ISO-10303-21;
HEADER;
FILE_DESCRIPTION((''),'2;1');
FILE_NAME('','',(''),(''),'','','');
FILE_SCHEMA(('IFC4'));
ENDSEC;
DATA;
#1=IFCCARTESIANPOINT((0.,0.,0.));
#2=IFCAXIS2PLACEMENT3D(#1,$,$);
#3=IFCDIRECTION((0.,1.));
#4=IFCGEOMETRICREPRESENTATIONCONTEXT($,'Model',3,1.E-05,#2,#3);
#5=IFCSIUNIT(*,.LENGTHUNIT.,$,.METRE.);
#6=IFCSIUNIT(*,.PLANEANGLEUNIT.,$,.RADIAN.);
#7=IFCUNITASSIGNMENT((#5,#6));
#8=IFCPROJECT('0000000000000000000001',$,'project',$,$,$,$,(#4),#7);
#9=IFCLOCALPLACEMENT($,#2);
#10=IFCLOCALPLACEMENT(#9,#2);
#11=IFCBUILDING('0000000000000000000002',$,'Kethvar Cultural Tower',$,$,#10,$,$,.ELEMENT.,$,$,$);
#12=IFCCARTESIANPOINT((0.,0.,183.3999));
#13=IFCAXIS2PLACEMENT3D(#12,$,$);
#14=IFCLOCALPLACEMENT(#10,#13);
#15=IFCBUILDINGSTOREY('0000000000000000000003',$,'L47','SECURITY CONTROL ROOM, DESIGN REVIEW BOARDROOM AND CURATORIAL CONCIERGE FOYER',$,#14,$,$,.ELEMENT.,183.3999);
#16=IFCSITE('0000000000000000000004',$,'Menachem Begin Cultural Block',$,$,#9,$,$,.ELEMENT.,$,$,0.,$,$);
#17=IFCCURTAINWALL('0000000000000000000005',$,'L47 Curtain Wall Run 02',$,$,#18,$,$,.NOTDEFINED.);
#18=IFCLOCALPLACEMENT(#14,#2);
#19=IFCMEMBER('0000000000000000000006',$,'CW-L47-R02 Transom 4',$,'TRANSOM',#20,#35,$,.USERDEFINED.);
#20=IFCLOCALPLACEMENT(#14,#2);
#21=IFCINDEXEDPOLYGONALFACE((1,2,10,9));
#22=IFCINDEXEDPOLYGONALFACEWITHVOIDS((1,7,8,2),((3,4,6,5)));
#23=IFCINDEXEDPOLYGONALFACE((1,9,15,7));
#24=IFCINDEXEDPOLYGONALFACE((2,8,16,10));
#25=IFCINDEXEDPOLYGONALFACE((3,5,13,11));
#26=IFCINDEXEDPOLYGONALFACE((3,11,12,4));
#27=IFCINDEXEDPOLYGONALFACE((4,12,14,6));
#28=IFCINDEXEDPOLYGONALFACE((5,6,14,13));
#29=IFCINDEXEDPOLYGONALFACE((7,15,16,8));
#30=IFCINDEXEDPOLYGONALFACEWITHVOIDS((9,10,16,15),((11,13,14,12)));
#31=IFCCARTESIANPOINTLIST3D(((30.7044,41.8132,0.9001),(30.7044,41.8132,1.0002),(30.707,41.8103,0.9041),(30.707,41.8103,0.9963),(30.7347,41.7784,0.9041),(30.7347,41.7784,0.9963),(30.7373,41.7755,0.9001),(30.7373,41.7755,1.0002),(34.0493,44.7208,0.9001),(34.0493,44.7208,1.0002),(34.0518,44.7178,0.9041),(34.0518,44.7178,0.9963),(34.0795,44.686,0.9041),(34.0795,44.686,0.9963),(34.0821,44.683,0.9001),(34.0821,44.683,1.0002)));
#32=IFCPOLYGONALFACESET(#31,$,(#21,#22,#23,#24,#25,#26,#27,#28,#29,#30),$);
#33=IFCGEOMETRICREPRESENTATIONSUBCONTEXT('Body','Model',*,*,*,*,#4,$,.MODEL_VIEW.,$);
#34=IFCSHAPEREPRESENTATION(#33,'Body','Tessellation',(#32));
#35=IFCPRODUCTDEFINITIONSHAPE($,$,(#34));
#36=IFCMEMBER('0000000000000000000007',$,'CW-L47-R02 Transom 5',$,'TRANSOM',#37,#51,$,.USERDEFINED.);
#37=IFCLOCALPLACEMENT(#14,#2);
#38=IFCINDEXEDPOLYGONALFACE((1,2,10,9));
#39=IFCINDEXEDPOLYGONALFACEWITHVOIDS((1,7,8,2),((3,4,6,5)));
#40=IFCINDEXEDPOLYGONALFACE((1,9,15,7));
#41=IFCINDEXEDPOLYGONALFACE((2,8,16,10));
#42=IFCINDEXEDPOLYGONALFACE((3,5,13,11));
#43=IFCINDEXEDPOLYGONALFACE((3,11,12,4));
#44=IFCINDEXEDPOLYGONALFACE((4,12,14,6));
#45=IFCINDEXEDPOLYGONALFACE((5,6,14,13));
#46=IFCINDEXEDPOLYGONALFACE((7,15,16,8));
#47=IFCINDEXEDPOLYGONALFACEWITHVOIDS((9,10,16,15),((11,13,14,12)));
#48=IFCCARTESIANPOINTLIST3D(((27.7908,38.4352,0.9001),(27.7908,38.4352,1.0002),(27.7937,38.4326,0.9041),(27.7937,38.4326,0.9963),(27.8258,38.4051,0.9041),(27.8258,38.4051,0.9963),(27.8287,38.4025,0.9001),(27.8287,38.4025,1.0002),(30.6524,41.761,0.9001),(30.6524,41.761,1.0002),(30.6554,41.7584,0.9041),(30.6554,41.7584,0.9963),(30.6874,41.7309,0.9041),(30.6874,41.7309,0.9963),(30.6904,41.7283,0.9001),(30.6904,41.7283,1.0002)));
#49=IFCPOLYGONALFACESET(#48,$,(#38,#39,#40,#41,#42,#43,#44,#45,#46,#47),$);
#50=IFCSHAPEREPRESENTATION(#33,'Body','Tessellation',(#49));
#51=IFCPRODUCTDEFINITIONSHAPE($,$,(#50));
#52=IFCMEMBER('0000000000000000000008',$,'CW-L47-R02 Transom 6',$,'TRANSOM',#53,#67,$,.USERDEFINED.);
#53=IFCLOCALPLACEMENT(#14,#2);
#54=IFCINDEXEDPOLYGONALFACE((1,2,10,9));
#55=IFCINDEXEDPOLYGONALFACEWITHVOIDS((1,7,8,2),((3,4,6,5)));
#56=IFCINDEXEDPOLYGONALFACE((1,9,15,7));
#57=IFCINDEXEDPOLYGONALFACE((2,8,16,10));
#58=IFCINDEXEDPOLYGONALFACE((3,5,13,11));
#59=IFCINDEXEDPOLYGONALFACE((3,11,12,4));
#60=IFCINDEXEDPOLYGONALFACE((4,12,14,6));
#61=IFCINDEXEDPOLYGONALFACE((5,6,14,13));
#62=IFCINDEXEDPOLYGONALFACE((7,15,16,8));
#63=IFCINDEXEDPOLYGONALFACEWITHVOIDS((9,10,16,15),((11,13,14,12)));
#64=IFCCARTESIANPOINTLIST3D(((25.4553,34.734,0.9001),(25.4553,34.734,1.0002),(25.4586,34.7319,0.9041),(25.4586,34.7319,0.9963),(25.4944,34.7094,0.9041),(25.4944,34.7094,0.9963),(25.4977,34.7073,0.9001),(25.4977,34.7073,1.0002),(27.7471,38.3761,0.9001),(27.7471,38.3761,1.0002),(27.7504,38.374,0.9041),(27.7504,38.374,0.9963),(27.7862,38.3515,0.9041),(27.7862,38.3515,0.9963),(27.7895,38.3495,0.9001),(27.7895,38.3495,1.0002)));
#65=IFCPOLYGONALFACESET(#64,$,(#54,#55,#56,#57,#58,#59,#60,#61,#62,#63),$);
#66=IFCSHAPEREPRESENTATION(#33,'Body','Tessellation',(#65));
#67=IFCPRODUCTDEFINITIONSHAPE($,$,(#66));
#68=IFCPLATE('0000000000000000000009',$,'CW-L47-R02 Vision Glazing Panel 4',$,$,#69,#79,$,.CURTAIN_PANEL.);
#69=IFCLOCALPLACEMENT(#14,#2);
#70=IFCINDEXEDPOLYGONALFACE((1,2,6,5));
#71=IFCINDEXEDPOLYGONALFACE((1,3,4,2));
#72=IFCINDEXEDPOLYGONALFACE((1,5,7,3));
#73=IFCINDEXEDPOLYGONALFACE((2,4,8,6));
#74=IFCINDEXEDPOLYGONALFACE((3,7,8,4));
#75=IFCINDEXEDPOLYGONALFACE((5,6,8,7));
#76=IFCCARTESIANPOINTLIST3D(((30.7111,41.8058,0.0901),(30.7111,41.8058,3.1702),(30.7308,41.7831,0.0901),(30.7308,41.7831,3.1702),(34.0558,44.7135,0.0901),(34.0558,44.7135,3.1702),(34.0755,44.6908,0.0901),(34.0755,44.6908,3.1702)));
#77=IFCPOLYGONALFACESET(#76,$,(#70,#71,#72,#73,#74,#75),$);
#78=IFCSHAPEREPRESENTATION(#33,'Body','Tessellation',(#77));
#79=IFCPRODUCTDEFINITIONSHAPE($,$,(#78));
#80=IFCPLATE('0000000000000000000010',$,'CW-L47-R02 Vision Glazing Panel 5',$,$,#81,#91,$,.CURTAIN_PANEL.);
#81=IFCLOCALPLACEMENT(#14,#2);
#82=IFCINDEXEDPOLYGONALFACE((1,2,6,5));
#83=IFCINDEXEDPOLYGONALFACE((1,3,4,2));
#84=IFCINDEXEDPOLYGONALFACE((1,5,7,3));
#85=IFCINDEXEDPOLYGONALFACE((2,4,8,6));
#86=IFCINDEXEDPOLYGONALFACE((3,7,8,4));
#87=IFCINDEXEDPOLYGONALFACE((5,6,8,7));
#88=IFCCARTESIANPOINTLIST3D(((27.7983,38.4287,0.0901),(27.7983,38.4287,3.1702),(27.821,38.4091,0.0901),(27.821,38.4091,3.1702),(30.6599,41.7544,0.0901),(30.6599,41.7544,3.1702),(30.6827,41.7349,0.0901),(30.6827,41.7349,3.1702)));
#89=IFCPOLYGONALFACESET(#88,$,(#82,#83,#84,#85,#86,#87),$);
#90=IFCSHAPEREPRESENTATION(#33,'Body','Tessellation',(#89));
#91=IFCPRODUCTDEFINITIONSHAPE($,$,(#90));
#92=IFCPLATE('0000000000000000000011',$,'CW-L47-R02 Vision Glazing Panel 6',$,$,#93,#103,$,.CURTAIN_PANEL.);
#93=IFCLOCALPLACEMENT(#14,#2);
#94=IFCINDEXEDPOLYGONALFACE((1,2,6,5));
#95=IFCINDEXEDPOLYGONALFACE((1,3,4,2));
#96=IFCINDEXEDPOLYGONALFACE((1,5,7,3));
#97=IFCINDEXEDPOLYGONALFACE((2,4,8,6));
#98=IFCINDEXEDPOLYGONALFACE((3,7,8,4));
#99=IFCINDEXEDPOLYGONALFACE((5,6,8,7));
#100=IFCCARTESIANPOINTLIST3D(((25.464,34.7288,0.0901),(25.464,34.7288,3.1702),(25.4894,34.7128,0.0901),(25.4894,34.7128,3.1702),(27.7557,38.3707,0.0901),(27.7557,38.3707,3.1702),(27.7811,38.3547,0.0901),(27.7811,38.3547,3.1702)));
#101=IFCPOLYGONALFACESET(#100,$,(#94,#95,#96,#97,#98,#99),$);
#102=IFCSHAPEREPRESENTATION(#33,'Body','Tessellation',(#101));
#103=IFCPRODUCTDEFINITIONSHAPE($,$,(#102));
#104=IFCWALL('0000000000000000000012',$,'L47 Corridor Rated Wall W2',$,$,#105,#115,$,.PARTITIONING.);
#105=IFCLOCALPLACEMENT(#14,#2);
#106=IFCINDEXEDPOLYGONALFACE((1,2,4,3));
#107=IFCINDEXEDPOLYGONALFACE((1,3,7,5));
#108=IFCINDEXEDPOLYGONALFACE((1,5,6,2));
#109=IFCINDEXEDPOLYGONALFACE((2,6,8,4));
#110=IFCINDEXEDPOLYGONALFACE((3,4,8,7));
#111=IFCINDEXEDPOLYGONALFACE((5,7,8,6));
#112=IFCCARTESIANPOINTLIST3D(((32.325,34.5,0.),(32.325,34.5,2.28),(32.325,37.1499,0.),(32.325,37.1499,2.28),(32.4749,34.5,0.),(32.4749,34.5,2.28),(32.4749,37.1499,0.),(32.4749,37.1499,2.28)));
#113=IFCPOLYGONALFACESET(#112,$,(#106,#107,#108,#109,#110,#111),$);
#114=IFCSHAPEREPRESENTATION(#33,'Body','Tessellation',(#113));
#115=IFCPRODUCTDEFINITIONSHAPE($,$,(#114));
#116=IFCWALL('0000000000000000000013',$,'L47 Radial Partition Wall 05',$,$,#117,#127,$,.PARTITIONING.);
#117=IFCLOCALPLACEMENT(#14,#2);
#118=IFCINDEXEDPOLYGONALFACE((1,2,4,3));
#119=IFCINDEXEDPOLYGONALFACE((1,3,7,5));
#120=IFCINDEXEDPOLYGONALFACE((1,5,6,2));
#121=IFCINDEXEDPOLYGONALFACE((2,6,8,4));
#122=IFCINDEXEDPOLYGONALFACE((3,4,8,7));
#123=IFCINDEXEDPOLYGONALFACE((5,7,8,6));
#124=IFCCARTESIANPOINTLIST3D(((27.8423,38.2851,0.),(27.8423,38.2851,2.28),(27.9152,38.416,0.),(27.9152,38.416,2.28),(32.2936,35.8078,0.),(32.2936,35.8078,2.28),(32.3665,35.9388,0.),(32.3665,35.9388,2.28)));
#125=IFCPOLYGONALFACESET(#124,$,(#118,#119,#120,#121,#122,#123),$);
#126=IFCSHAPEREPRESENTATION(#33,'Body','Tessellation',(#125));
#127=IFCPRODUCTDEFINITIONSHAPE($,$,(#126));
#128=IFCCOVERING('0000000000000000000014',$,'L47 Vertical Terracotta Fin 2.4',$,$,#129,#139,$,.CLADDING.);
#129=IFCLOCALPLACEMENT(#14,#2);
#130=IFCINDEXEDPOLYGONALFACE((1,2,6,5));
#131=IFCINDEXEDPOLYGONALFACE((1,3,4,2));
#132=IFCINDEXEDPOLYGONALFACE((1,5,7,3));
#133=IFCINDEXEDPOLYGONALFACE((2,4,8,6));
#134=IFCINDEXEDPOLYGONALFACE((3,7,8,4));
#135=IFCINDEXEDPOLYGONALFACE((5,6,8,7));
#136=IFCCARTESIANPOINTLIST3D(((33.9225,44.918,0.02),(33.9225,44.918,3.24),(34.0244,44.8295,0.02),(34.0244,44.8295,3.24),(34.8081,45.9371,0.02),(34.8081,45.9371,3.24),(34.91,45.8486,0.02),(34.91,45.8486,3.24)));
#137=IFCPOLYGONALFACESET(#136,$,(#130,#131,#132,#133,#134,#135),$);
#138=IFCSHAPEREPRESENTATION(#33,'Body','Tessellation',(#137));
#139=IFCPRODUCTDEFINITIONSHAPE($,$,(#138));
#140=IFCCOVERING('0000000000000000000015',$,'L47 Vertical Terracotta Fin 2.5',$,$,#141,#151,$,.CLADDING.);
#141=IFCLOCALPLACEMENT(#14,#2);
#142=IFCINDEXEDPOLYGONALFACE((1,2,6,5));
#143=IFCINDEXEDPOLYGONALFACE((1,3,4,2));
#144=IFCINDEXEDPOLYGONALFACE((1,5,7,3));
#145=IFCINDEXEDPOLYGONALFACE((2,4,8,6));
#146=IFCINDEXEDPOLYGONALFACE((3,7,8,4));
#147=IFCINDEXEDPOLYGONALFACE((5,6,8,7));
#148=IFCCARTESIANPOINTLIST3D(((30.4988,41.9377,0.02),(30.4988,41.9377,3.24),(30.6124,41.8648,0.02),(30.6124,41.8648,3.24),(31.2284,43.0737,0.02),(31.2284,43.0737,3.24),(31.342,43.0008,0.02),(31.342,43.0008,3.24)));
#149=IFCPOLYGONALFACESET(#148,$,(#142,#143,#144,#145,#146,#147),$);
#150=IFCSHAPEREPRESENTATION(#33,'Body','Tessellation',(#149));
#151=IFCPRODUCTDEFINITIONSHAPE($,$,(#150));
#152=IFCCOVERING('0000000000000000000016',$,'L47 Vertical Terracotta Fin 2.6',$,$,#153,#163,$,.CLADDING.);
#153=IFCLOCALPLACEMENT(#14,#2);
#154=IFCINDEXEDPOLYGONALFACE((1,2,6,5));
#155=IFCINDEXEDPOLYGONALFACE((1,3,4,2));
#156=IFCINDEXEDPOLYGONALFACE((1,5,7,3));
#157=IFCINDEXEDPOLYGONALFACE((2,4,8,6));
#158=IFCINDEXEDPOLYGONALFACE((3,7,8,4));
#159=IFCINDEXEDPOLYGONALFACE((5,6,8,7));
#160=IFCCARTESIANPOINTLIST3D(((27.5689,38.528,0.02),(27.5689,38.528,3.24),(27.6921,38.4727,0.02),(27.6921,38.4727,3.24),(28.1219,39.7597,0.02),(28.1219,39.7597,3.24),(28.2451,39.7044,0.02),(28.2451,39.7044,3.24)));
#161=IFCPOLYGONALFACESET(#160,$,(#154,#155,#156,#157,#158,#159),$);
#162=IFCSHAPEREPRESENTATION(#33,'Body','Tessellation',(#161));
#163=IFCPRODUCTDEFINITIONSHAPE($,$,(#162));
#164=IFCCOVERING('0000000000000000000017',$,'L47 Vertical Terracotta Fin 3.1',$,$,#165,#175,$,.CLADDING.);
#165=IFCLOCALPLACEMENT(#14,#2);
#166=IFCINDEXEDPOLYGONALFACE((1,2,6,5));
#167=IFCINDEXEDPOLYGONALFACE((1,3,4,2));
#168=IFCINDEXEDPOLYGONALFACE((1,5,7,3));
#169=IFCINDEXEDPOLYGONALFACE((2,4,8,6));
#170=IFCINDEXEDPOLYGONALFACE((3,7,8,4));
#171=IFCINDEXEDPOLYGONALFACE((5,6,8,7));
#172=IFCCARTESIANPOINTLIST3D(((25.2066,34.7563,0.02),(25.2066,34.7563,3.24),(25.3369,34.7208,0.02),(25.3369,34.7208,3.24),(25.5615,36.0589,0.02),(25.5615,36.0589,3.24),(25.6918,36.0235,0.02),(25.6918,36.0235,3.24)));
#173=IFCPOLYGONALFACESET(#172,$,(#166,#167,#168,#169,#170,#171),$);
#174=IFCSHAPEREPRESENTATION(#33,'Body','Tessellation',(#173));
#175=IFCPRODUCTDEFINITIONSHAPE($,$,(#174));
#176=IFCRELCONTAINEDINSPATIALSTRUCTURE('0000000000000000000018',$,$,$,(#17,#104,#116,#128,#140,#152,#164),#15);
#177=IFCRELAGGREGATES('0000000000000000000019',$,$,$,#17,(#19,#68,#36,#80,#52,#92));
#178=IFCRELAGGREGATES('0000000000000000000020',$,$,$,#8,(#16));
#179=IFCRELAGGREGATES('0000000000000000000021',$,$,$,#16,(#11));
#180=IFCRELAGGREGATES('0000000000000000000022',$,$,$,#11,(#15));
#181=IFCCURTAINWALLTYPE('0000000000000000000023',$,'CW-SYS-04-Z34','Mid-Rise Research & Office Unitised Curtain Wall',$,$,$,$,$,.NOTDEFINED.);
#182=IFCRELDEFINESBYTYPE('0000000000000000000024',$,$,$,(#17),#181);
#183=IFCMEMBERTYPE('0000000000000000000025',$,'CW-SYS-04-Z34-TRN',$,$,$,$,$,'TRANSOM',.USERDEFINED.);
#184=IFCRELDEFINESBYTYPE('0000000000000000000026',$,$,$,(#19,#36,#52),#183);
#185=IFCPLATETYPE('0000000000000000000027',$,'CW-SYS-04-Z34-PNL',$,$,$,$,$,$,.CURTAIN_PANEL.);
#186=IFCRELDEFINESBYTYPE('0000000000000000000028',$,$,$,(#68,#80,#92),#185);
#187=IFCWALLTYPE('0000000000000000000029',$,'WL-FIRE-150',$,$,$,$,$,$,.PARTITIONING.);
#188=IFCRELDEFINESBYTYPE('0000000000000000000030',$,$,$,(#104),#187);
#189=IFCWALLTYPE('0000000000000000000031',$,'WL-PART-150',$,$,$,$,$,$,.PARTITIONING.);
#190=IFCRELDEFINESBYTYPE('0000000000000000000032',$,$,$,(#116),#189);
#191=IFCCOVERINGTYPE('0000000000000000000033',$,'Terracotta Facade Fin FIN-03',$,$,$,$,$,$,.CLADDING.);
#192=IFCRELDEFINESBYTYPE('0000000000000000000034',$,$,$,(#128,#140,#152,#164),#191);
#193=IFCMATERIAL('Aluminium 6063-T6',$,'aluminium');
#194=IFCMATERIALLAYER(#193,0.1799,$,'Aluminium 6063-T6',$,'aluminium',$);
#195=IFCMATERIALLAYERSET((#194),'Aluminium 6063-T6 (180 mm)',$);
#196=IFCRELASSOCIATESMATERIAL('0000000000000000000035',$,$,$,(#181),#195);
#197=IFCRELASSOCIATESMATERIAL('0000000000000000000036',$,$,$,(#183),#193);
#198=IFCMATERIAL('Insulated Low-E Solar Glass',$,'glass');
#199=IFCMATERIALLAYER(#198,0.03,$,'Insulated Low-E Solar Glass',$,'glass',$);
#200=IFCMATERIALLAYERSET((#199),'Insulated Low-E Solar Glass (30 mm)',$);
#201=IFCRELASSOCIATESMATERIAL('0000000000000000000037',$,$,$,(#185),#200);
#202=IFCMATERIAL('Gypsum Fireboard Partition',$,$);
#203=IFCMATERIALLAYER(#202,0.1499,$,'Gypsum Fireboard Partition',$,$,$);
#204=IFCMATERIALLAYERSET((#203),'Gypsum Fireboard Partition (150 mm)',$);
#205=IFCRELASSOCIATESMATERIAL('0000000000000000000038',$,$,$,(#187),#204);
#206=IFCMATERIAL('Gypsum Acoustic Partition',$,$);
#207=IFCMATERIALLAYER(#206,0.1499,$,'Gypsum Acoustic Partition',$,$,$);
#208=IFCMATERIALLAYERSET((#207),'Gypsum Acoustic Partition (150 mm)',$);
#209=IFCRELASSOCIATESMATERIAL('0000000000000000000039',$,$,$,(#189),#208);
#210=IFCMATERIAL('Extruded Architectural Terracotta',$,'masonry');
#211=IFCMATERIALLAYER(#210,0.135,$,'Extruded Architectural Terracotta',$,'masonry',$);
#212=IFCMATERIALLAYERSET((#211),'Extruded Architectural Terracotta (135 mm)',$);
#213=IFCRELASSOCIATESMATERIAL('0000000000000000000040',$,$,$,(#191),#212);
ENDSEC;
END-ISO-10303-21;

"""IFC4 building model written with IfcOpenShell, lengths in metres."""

from ifc_helpers import new_model, si_unit, direction, frame, frame_2d, origin, origin_2d, place, context, subcontext, project, spatial, rectangle, hollow_rectangle, extrude, source, transform, mapped, material, layer, layer_set, material_profile, profile_set, type_object, element, aggregate, save


model = new_model("IFC4")

# Units and contexts
model_context = context("Model", 3, precision=1e-05, world=origin(), true_north=direction((0.0, 1.0)))
body_context = subcontext(model_context, "Body", "Model", "MODEL_VIEW")
ifc_project = project(units=[si_unit("LENGTHUNIT", "METRE"), si_unit("PLANEANGLEUNIT", "RADIAN")], contexts=[model_context])

# Site, building, storey
site_placement = place(None, origin())
site = spatial("IfcSite", under=ifc_project, at=site_placement, Name="Menachem Begin Cultural Block", CompositionType="ELEMENT", RefElevation=0.0)
building_placement = place(site_placement, origin())
building = spatial("IfcBuilding", under=site, at=building_placement, Name="Kethvar Cultural Tower", CompositionType="ELEMENT")
storey_placement = place(building_placement, frame((0.0, 0.0, 183.3999)))
storey = spatial("IfcBuildingStorey", under=building, at=storey_placement, Name="L47", Description="SECURITY CONTROL ROOM, DESIGN REVIEW BOARDROOM AND CURATORIAL CONCIERGE FOYER", CompositionType="ELEMENT", Elevation=183.3999)

# Curtain wall
ifc_material_1 = material(Name="Aluminium 6063-T6", Category="aluminium")
ifc_layer_1 = layer(ifc_material_1, 0.1799, Name="Aluminium 6063-T6", Category="aluminium")
ifc_layer_set_1 = layer_set([ifc_layer_1], Name="Aluminium 6063-T6 (180 mm)")
curtain_wall_type = type_object("IfcCurtainWallType", Name="CW-SYS-04-Z34", Description="Mid-Rise Research & Office Unitised Curtain Wall", PredefinedType="NOTDEFINED", material=ifc_layer_set_1)
curtain_wall_1_placement = place(storey_placement, origin())
curtain_wall_1 = element("IfcCurtainWall", 1, at=curtain_wall_1_placement, inside=storey, type_object=curtain_wall_type, Name="L47 Curtain Wall Run 02", PredefinedType="NOTDEFINED")

# Members
ifc_material_profile_1 = material_profile(ifc_material_1, hollow_rectangle(XDim=0.05, YDim=0.1001, WallThickness=0.0039, at=origin_2d()), Name="Aluminium 6063-T6 — RHS100x50x4")
ifc_profile_set_1 = profile_set([ifc_material_profile_1], Name="Aluminium 6063-T6 — RHS100x50x4")
member_type_1 = type_object("IfcMemberType", Name="CW-SYS-04-Z34-TRN", ElementType="TRANSOM", PredefinedType="USERDEFINED", material=ifc_profile_set_1)
shared_shape_1 = source(origin(), body_context, "Body", "SweptSolid", [
    extrude(hollow_rectangle(XDim=0.05, YDim=0.1001, WallThickness=0.0039, at=origin_2d()), origin(), (0.0, 0.0, 1.0), 4.4319),
])
member_1_placement = place(storey_placement, frame((34.0657, 44.7019, 0.9502), z_axis=(-0.754716, -0.656052, 0.0), x_axis=(0.656052, -0.754716, 0.0)))
member_1 = element("IfcMember", 2, at=member_1_placement, type_object=member_type_1, Name="CW-L47-R02 Transom 4", ObjectType="TRANSOM", PredefinedType="USERDEFINED", context=body_context, shape_type="MappedRepresentation", body=[
    mapped(shared_shape_1, transform((0.0, 0.0, 0.0), scale=1.0)),
])
shared_shape_2 = source(origin(), body_context, "Body", "SweptSolid", [
    extrude(hollow_rectangle(XDim=0.05, YDim=0.1001, WallThickness=0.0039, at=origin_2d()), origin(), (0.0, 0.0, 1.0), 4.3875),
])
member_2_placement = place(storey_placement, frame((30.6714, 41.7446, 0.9502), z_axis=(-0.652234, -0.758018, 0.0), x_axis=(0.758018, -0.652234, 0.0)))
member_2 = element("IfcMember", 3, at=member_2_placement, type_object=member_type_1, Name="CW-L47-R02 Transom 5", ObjectType="TRANSOM", PredefinedType="USERDEFINED", context=body_context, shape_type="MappedRepresentation", body=[
    mapped(shared_shape_2, transform((0.0, 0.0, 0.0), scale=1.0)),
])
shared_shape_3 = source(origin(), body_context, "Body", "SweptSolid", [
    extrude(hollow_rectangle(XDim=0.05, YDim=0.1001, WallThickness=0.0039, at=origin_2d()), origin(), (0.0, 0.0, 1.0), 4.3032),
])
member_3_placement = place(storey_placement, frame((27.7683, 38.3628, 0.9502), z_axis=(-0.532577, -0.846382, 0.0), x_axis=(0.846382, -0.532577, 0.0)))
member_3 = element("IfcMember", 4, at=member_3_placement, type_object=member_type_1, Name="CW-L47-R02 Transom 6", ObjectType="TRANSOM", PredefinedType="USERDEFINED", context=body_context, shape_type="MappedRepresentation", body=[
    mapped(shared_shape_3, transform((0.0, 0.0, 0.0), scale=1.0)),
])

# Plates
ifc_material_2 = material(Name="Insulated Low-E Solar Glass", Category="glass")
ifc_layer_2 = layer(ifc_material_2, 0.03, Name="Insulated Low-E Solar Glass", Category="glass")
ifc_layer_set_2 = layer_set([ifc_layer_2], Name="Insulated Low-E Solar Glass (30 mm)")
plate_type = type_object("IfcPlateType", Name="CW-SYS-04-Z34-PNL", PredefinedType="CURTAIN_PANEL", material=ifc_layer_set_2)
shared_shape_4 = source(origin(), body_context, "Body", "SweptSolid", [
    extrude(rectangle(XDim=4.4319, YDim=0.03, at=origin_2d()), origin(), (0.0, 0.0, 1.0), 3.0801),
])
plate_1_placement = place(storey_placement, frame((32.3933, 43.2483, 0.0901), z_axis=(0.0, 0.0, 1.0), x_axis=(-0.754687, -0.656085, 0.0)))
plate_1 = element("IfcPlate", 5, at=plate_1_placement, type_object=plate_type, Name="CW-L47-R02 Vision Glazing Panel 4", PredefinedType="CURTAIN_PANEL", context=body_context, shape_type="MappedRepresentation", body=[
    mapped(shared_shape_4, transform((0.0, 0.0, 0.0), scale=1.0)),
])
shared_shape_5 = source(origin(), body_context, "Body", "SweptSolid", [
    extrude(rectangle(XDim=4.3875, YDim=0.03, at=origin_2d()), origin(), (0.0, 0.0, 1.0), 3.0801),
])
plate_2_placement = place(storey_placement, frame((29.2405, 40.0818, 0.0901), z_axis=(0.0, 0.0, 1.0), x_axis=(-0.652244, -0.758009, 0.0)))
plate_2 = element("IfcPlate", 6, at=plate_2_placement, type_object=plate_type, Name="CW-L47-R02 Vision Glazing Panel 5", PredefinedType="CURTAIN_PANEL", context=body_context, shape_type="MappedRepresentation", body=[
    mapped(shared_shape_5, transform((0.0, 0.0, 0.0), scale=1.0)),
])
shared_shape_6 = source(origin(), body_context, "Body", "SweptSolid", [
    extrude(rectangle(XDim=4.303, YDim=0.03, at=origin_2d()), origin(), (0.0, 0.0, 1.0), 3.0801),
])
plate_3_placement = place(storey_placement, frame((26.6226, 36.5417, 0.0901), z_axis=(0.0, 0.0, 1.0), x_axis=(-0.532581, -0.846379, 0.0)))
plate_3 = element("IfcPlate", 7, at=plate_3_placement, type_object=plate_type, Name="CW-L47-R02 Vision Glazing Panel 6", PredefinedType="CURTAIN_PANEL", context=body_context, shape_type="MappedRepresentation", body=[
    mapped(shared_shape_6, transform((0.0, 0.0, 0.0), scale=1.0)),
])
aggregate(curtain_wall_1, [member_1, plate_1, member_2, plate_2, member_3, plate_3])

# Walls
ifc_material_3 = material(Name="Gypsum Fireboard Partition")
ifc_layer_3 = layer(ifc_material_3, 0.1499, Name="Gypsum Fireboard Partition")
ifc_layer_set_3 = layer_set([ifc_layer_3], Name="Gypsum Fireboard Partition (150 mm)")
wall_type_1 = type_object("IfcWallType", Name="WL-FIRE-150", PredefinedType="PARTITIONING", material=ifc_layer_set_3)
wall_1_placement = place(storey_placement, frame((32.3999, 37.1499, 0.0), z_axis=(0.0, 0.0, 1.0), x_axis=(0.0, -1.0, 0.0)))
element("IfcWall", 8, at=wall_1_placement, inside=storey, type_object=wall_type_1, Name="L47 Corridor Rated Wall W2", PredefinedType="PARTITIONING", context=body_context, shape_type="SweptSolid", body=[
    extrude(rectangle(XDim=2.6499, YDim=0.1499, at=frame_2d((1.325, 0.0))), origin(), (0.0, 0.0, 1.0), 2.28),
])
ifc_material_4 = material(Name="Gypsum Acoustic Partition")
ifc_layer_4 = layer(ifc_material_4, 0.1499, Name="Gypsum Acoustic Partition")
ifc_layer_set_4 = layer_set([ifc_layer_4], Name="Gypsum Acoustic Partition (150 mm)")
wall_type_2 = type_object("IfcWallType", Name="WL-PART-150", PredefinedType="PARTITIONING", material=ifc_layer_set_4)
wall_2_placement = place(storey_placement, frame((32.3301, 35.8733, 0.0), z_axis=(0.0, 0.0, 1.0), x_axis=(-0.8738, 0.486286, 0.0)))
element("IfcWall", 9, at=wall_2_placement, inside=storey, type_object=wall_type_2, Name="L47 Radial Partition Wall 05", PredefinedType="PARTITIONING", context=body_context, shape_type="SweptSolid", body=[
    extrude(rectangle(XDim=5.0942, YDim=0.1499, at=frame_2d((2.5471, 0.0))), origin(), (0.0, 0.0, 1.0), 2.28),
])

# Coverings
ifc_material_5 = material(Name="Extruded Architectural Terracotta", Category="masonry")
ifc_layer_5 = layer(ifc_material_5, 0.135, Name="Extruded Architectural Terracotta", Category="masonry")
ifc_layer_set_5 = layer_set([ifc_layer_5], Name="Extruded Architectural Terracotta (135 mm)")
covering_type = type_object("IfcCoveringType", Name="Terracotta Facade Fin FIN-03", PredefinedType="CLADDING", material=ifc_layer_set_5)
shared_shape_7 = source(origin(), body_context, "Body", "SweptSolid", [
    extrude(rectangle(XDim=1.3501, YDim=0.135, at=origin_2d()), origin(), (0.0, 0.0, 1.0), 3.22),
])
for number, where, z_axis, x_axis, name in (
    (10, (34.4163, 45.3833, 0.02), (0.0, 0.0, 1.0), (0.655927, 0.754824, 0.0), "L47 Vertical Terracotta Fin 2.4"),
    (11, (30.9204, 42.4692, 0.02), (0.0, 0.0, 1.0), (0.540387, 0.841416, 0.0), "L47 Vertical Terracotta Fin 2.5"),
    (12, (27.907, 39.1162, 0.02), (0.0, 0.0, 1.0), (0.409605, 0.912263, 0.0), "L47 Vertical Terracotta Fin 2.6"),
    (13, (25.4492, 35.3899, 0.02), (0.0, 0.0, 1.0), (0.262863, 0.964833, 0.0), "L47 Vertical Terracotta Fin 3.1"),
):
    element("IfcCovering", number, at=place(storey_placement, frame(where, z_axis=z_axis, x_axis=x_axis)), inside=storey, type_object=covering_type, Name=name, PredefinedType="CLADDING", context=body_context, shape_type="MappedRepresentation", body=[
        mapped(shared_shape_7, transform((0.0, 0.0, 0.0), scale=1.0)),
    ])

save(model, "model.ifc")
